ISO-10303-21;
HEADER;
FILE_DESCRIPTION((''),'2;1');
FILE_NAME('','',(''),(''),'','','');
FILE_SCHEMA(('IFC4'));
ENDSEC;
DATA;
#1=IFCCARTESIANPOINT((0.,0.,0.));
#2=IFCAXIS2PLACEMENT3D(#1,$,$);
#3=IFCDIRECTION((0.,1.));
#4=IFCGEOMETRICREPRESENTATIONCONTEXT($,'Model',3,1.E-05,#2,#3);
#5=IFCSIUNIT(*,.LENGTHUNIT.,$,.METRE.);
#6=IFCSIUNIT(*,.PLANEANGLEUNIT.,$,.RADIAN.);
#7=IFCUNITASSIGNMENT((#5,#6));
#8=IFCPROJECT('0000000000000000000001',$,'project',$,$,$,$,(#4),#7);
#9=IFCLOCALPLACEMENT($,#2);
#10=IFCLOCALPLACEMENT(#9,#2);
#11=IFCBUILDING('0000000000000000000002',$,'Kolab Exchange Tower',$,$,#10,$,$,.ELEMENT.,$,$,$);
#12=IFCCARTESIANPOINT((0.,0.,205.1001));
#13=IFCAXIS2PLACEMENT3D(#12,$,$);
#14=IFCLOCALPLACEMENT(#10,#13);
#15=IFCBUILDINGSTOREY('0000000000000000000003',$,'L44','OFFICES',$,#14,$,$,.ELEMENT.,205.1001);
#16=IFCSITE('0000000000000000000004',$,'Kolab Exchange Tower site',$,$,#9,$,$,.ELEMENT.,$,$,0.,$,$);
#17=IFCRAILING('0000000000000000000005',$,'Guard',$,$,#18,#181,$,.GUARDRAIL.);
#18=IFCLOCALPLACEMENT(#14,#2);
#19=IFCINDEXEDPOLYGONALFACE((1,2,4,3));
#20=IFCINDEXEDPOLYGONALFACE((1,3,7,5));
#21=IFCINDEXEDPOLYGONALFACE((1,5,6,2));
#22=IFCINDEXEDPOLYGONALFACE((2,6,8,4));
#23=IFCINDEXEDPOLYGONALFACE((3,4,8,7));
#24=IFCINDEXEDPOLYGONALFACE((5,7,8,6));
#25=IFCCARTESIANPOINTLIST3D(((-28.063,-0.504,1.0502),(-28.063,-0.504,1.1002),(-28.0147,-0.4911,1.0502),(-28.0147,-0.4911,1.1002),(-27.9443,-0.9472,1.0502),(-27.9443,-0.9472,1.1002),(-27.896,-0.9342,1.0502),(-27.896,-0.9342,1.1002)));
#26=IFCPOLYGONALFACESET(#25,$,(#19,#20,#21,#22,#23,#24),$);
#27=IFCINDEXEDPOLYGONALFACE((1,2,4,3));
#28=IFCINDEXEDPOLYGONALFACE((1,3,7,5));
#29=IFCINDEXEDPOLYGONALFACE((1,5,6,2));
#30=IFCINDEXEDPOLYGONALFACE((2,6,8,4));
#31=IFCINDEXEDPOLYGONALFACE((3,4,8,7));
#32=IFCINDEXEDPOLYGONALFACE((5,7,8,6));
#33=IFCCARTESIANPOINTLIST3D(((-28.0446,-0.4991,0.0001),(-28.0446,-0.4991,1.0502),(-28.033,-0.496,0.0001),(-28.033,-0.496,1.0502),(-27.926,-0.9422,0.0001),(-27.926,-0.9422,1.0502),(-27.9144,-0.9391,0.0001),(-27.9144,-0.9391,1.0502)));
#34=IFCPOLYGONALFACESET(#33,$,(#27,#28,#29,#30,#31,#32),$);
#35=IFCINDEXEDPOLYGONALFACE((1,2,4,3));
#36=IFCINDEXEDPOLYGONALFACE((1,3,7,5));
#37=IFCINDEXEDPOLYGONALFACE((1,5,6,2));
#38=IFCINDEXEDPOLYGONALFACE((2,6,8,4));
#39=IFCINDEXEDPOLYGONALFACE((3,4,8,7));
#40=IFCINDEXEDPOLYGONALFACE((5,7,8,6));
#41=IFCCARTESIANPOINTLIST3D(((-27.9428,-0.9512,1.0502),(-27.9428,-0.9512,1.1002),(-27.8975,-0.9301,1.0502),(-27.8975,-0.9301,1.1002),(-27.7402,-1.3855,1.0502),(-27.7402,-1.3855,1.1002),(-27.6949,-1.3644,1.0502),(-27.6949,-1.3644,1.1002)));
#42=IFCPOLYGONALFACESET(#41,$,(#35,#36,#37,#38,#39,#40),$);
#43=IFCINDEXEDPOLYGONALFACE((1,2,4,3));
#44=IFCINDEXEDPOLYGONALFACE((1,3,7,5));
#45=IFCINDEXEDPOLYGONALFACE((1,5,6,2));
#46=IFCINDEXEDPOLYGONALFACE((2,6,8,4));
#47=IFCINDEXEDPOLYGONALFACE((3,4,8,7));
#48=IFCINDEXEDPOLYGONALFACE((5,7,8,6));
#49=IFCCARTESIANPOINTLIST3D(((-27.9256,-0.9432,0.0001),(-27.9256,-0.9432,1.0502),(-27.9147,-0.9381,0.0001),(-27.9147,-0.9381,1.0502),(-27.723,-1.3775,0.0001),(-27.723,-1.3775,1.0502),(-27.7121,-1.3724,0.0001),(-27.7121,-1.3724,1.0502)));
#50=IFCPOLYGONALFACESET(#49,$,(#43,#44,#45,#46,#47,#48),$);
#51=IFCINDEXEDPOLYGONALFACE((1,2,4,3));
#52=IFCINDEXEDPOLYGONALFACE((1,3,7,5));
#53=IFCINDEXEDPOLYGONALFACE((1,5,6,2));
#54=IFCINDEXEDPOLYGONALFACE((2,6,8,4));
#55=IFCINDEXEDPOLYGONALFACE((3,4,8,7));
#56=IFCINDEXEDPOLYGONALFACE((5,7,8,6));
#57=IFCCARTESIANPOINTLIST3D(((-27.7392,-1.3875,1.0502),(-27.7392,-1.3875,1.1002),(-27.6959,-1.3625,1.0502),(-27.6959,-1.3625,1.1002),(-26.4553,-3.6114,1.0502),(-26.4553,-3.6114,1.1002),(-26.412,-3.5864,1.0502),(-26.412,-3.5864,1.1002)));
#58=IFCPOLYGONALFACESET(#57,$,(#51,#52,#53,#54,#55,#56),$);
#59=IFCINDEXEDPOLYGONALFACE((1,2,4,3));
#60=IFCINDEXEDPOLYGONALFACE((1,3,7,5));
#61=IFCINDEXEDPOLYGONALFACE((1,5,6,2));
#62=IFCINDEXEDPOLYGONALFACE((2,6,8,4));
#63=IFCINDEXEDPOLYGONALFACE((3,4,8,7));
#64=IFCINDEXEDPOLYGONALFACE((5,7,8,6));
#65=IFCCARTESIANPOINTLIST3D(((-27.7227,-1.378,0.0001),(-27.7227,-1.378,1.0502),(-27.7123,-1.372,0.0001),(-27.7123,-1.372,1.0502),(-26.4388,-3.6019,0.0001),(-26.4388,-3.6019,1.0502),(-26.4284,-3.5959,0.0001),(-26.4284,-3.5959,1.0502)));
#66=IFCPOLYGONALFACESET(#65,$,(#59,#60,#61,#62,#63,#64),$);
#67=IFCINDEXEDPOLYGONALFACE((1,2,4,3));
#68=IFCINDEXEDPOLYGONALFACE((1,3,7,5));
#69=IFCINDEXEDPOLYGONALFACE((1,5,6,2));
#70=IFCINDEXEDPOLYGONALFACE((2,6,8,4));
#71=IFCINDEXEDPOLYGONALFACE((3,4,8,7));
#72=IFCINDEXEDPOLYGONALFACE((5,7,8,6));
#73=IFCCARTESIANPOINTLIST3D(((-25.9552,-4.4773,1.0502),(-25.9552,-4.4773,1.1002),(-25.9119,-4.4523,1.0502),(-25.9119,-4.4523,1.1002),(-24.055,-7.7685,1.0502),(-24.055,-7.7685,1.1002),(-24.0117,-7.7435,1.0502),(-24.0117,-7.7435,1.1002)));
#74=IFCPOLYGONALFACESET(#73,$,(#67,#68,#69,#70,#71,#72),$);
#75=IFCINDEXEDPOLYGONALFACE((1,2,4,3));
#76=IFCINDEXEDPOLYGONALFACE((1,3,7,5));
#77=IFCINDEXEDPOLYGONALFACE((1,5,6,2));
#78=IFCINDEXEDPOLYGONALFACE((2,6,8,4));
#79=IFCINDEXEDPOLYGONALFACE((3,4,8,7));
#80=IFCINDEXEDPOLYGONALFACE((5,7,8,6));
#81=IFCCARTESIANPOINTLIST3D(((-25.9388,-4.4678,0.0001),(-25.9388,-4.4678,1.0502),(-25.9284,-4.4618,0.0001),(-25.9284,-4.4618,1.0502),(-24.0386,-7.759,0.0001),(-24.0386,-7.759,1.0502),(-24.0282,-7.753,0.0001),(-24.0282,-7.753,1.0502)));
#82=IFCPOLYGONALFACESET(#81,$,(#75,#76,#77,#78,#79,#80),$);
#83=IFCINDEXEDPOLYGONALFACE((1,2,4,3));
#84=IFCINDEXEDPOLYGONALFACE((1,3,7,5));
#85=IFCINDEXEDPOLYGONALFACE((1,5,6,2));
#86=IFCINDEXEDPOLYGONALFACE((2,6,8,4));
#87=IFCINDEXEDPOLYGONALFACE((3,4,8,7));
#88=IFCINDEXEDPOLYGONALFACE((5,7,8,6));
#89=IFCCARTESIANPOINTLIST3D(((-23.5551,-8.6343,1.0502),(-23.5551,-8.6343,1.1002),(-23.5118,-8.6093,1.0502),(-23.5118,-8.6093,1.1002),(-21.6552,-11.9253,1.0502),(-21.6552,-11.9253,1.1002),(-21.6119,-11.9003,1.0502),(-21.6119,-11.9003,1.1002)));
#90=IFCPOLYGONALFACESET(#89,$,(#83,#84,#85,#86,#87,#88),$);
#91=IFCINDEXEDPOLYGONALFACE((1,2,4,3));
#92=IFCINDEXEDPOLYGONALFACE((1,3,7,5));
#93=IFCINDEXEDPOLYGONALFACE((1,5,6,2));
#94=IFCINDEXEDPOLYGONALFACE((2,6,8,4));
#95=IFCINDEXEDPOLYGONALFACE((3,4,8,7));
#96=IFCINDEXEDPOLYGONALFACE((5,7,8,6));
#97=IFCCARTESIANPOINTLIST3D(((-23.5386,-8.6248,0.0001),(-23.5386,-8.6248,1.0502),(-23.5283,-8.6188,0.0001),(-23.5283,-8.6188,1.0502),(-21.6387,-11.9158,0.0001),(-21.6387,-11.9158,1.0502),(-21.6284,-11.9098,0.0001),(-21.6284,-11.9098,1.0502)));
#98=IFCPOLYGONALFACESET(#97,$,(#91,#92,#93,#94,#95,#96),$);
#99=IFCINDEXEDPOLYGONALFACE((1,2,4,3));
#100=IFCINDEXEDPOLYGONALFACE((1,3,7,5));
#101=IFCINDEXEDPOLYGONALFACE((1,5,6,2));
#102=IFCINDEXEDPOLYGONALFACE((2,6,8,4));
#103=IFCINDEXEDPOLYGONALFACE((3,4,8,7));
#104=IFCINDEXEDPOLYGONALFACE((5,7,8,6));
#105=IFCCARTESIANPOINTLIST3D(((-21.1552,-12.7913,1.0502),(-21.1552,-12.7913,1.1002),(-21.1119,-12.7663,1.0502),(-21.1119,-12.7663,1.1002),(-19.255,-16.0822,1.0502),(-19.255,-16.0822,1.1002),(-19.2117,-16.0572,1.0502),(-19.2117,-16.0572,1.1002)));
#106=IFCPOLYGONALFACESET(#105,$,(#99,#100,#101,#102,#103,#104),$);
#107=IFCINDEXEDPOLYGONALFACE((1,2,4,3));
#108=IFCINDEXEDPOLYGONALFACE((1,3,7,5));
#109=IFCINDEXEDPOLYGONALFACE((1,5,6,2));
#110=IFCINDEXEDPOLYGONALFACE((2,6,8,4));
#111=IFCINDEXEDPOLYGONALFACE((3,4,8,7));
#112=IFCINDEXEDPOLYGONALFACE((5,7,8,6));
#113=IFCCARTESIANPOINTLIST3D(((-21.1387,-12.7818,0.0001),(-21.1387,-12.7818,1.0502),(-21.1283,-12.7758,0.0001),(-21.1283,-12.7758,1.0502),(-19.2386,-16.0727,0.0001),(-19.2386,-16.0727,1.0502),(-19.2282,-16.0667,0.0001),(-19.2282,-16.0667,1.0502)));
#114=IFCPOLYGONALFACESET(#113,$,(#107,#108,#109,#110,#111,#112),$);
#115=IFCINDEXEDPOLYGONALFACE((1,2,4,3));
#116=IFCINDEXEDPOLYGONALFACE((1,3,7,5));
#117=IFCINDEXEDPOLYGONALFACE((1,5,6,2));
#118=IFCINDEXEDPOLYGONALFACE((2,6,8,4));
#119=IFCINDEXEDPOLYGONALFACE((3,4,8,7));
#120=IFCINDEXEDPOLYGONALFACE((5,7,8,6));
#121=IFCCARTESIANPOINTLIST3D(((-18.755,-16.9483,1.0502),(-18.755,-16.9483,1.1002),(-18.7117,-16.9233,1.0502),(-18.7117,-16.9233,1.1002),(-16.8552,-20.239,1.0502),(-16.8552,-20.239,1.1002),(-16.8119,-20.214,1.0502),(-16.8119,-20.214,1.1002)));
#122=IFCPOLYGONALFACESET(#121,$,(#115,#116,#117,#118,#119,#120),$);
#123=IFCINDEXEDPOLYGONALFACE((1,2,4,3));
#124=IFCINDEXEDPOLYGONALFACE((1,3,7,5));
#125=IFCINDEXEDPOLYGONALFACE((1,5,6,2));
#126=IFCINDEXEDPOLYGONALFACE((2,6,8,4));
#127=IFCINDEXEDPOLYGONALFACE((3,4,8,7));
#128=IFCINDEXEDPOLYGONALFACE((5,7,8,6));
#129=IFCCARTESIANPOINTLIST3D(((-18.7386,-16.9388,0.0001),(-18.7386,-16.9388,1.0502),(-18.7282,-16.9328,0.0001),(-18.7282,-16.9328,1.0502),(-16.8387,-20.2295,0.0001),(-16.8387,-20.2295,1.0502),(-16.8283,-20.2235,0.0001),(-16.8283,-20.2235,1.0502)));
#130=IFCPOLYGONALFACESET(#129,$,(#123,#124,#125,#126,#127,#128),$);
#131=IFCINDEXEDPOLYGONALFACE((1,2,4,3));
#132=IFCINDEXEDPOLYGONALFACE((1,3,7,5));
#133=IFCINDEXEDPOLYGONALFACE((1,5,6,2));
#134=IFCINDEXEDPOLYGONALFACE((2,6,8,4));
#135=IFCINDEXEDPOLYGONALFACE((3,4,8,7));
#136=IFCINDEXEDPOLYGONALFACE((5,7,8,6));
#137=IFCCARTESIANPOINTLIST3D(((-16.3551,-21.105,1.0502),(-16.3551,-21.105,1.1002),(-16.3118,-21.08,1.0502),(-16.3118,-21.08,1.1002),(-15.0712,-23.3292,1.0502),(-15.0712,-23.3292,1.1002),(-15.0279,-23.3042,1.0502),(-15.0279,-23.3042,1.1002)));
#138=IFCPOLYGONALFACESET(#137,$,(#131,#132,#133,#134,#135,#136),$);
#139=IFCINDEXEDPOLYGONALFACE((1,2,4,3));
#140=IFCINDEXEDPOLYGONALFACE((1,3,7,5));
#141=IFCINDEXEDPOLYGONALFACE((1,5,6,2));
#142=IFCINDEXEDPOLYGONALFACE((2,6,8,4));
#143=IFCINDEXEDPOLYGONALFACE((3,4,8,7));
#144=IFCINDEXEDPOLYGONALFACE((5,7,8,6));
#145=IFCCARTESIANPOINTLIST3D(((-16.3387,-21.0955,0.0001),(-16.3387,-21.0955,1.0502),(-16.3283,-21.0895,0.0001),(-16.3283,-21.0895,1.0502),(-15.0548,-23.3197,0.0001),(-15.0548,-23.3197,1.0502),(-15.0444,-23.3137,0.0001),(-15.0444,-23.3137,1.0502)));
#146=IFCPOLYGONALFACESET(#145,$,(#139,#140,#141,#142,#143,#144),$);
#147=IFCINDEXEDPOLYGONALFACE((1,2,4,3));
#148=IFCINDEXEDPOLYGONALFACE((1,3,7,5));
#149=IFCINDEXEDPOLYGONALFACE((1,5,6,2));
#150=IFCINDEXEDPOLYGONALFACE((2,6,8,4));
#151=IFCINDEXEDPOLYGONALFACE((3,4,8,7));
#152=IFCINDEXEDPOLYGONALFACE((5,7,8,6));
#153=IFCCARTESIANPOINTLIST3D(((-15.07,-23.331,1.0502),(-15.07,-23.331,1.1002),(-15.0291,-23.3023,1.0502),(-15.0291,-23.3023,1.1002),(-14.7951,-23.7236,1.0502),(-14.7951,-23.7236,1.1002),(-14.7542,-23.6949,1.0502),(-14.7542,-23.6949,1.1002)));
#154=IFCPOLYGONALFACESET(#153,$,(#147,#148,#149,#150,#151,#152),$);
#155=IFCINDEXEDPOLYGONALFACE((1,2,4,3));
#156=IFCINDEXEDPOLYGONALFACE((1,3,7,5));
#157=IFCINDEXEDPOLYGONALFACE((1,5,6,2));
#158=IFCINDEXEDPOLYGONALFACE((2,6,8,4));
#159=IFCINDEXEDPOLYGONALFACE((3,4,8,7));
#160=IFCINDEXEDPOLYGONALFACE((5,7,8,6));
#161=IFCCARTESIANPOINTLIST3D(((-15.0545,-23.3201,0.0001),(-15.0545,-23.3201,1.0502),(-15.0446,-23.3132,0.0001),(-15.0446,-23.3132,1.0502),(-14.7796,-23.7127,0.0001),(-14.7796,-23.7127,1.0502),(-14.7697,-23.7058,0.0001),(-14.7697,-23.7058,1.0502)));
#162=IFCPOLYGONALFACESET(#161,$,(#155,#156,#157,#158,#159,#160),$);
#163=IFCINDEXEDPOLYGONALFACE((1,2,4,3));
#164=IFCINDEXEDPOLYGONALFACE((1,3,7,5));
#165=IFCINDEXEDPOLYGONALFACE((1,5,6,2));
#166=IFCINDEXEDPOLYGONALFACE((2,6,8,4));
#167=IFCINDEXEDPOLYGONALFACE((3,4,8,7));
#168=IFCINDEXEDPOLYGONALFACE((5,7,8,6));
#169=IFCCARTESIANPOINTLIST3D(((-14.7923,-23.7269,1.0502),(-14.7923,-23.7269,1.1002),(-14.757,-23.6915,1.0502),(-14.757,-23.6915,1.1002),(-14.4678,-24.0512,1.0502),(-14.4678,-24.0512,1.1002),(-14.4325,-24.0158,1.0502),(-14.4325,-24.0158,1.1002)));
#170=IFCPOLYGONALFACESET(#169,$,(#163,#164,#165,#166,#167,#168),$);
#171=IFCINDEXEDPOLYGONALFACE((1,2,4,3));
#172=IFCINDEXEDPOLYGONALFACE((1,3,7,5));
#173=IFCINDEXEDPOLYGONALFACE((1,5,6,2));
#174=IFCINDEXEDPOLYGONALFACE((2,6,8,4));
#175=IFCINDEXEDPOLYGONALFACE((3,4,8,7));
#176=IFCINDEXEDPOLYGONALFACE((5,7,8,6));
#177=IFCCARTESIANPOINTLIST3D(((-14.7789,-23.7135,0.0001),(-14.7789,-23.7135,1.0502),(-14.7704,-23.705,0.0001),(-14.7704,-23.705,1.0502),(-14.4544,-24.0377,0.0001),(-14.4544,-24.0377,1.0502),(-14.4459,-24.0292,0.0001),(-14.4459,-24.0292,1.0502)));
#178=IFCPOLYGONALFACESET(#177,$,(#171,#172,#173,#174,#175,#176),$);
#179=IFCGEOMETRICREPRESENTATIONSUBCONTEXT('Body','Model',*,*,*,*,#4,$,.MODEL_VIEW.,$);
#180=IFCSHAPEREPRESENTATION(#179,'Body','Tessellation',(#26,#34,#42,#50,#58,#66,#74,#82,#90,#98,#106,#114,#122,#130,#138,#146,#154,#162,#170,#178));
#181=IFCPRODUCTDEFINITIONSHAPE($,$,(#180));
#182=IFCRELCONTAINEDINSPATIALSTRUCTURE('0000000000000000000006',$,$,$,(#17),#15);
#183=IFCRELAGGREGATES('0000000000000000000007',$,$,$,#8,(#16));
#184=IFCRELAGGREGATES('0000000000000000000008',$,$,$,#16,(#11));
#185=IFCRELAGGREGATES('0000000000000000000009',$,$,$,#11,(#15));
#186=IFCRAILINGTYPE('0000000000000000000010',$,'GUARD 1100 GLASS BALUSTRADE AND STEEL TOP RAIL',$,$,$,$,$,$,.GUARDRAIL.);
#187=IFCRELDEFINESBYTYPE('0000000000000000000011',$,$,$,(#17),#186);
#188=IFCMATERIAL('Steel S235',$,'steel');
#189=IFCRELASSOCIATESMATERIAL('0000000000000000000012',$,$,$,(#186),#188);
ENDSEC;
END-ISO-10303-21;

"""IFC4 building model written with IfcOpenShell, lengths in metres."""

from ifc_helpers import new_model, si_unit, direction, frame, frame_2d, origin, origin_2d, place, context, subcontext, project, spatial, rectangle, extrude, material, type_object, element, save


model = new_model("IFC4")

# Units and contexts
model_context = context("Model", 3, precision=1e-05, world=origin(), true_north=direction((0.0, 1.0)))
body_context = subcontext(model_context, "Body", "Model", "MODEL_VIEW")
ifc_project = project(units=[si_unit("LENGTHUNIT", "METRE"), si_unit("PLANEANGLEUNIT", "RADIAN")], contexts=[model_context])

# Site, building, storey
site_placement = place(None, origin())
site = spatial("IfcSite", under=ifc_project, at=site_placement, Name="Kolab Exchange Tower site", CompositionType="ELEMENT", RefElevation=0.0)
building_placement = place(site_placement, origin())
building = spatial("IfcBuilding", under=site, at=building_placement, Name="Kolab Exchange Tower", CompositionType="ELEMENT")
storey_placement = place(building_placement, frame((0.0, 0.0, 205.1001)))
storey = spatial("IfcBuildingStorey", under=building, at=storey_placement, Name="L44", Description="OFFICES", CompositionType="ELEMENT", Elevation=205.1001)

# Railing
ifc_material_1 = material(Name="Steel S235", Category="steel")
railing_type = type_object("IfcRailingType", Name="GUARD 1100 GLASS BALUSTRADE AND STEEL TOP RAIL", PredefinedType="GUARDRAIL", material=ifc_material_1)
railing_placement = place(storey_placement, frame((-28.0388, -0.4976, 0.0)))
element("IfcRailing", 1, at=railing_placement, inside=storey, type_object=railing_type, Name="Guard", PredefinedType="GUARDRAIL", context=body_context, shape_type="SweptSolid", body=[
    extrude(rectangle(XDim=0.05, YDim=0.05, at=origin_2d()), frame((0.0, 0.0, 1.0752), z_axis=(0.258656, -0.965969, 0.0), x_axis=(0.965969, 0.258656, 0.0)), (0.0, 0.0, 1.0), 0.4587),
    extrude(rectangle(XDim=0.012, YDim=1.0501, at=frame_2d((0.0, 0.5251))), frame((0.0, 0.0, 0.0), z_axis=(0.258656, -0.965969, 0.0), x_axis=(0.965969, 0.258656, 0.0)), (0.0, 0.0, 1.0), 0.4587),
    extrude(rectangle(XDim=0.05, YDim=0.05, at=origin_2d()), frame((0.1187, -0.4431, 1.0752), z_axis=(0.422802, -0.906222, 0.0), x_axis=(0.906222, 0.422802, 0.0)), (0.0, 0.0, 1.0), 0.4792),
    extrude(rectangle(XDim=0.012, YDim=1.0501, at=frame_2d((0.0, 0.5251))), frame((0.1187, -0.4431, 0.0), z_axis=(0.422802, -0.906222, 0.0), x_axis=(0.906222, 0.422802, 0.0)), (0.0, 0.0, 1.0), 0.4792),
    extrude(rectangle(XDim=0.05, YDim=0.05, at=origin_2d()), frame((0.3213, -0.8774, 1.0752), z_axis=(0.499994, -0.866029, 0.0), x_axis=(0.866029, 0.499994, 0.0)), (0.0, 0.0, 1.0), 2.5679),
    extrude(rectangle(XDim=0.012, YDim=1.0501, at=frame_2d((0.0, 0.5251))), frame((0.3213, -0.8774, 0.0), z_axis=(0.499994, -0.866029, 0.0), x_axis=(0.866029, 0.499994, 0.0)), (0.0, 0.0, 1.0), 2.5679),
    extrude(rectangle(XDim=0.05, YDim=0.05, at=origin_2d()), frame((2.1052, -3.9673, 1.0752), z_axis=(0.500015, -0.866017, 0.0), x_axis=(0.866017, 0.500015, 0.0)), (0.0, 0.0, 1.0), 3.8003),
    extrude(rectangle(XDim=0.012, YDim=1.0501, at=frame_2d((0.0, 0.5251))), frame((2.1052, -3.9673, 0.0), z_axis=(0.500015, -0.866017, 0.0), x_axis=(0.866017, 0.500015, 0.0)), (0.0, 0.0, 1.0), 3.8003),
    extrude(rectangle(XDim=0.05, YDim=0.05, at=origin_2d()), frame((4.5054, -8.1243, 1.0752), z_axis=(0.499967, -0.866044, 0.0), x_axis=(0.866044, 0.499967, 0.0)), (0.0, 0.0, 1.0), 3.8),
    extrude(rectangle(XDim=0.012, YDim=1.0501, at=frame_2d((0.0, 0.5251))), frame((4.5054, -8.1243, 0.0), z_axis=(0.499967, -0.866044, 0.0), x_axis=(0.866044, 0.499967, 0.0)), (0.0, 0.0, 1.0), 3.8),
    extrude(rectangle(XDim=0.05, YDim=0.05, at=origin_2d()), frame((6.9053, -12.2812, 1.0752), z_axis=(0.500043, -0.866, 0.0), x_axis=(0.866, 0.500043, 0.0)), (0.0, 0.0, 1.0), 3.8),
    extrude(rectangle(XDim=0.012, YDim=1.0501, at=frame_2d((0.0, 0.5251))), frame((6.9053, -12.2812, 0.0), z_axis=(0.500043, -0.866, 0.0), x_axis=(0.866, 0.500043, 0.0)), (0.0, 0.0, 1.0), 3.8),
    extrude(rectangle(XDim=0.05, YDim=0.05, at=origin_2d()), frame((9.3054, -16.4382, 1.0752), z_axis=(0.499995, -0.866028, 0.0), x_axis=(0.866028, 0.499995, 0.0)), (0.0, 0.0, 1.0), 3.7998),
    extrude(rectangle(XDim=0.012, YDim=1.0501, at=frame_2d((0.0, 0.5251))), frame((9.3054, -16.4382, 0.0), z_axis=(0.499995, -0.866028, 0.0), x_axis=(0.866028, 0.499995, 0.0)), (0.0, 0.0, 1.0), 3.7998),
    extrude(rectangle(XDim=0.05, YDim=0.05, at=origin_2d()), frame((11.7053, -20.595, 1.0752), z_axis=(0.499953, -0.866053, 0.0), x_axis=(0.866053, 0.499953, 0.0)), (0.0, 0.0, 1.0), 2.5681),
    extrude(rectangle(XDim=0.012, YDim=1.0501, at=frame_2d((0.0, 0.5251))), frame((11.7053, -20.595, 0.0), z_axis=(0.499953, -0.866053, 0.0), x_axis=(0.866053, 0.499953, 0.0)), (0.0, 0.0, 1.0), 2.5681),
    extrude(rectangle(XDim=0.05, YDim=0.05, at=origin_2d()), frame((12.9893, -22.8191, 1.0752), z_axis=(0.573599, -0.819136, 0.0), x_axis=(0.819136, 0.573599, 0.0)), (0.0, 0.0, 1.0), 0.4792),
    extrude(rectangle(XDim=0.012, YDim=1.0501, at=frame_2d((0.0, 0.5251))), frame((12.9893, -22.8191, 0.0), z_axis=(0.573599, -0.819136, 0.0), x_axis=(0.819136, 0.573599, 0.0)), (0.0, 0.0, 1.0), 0.4792),
    extrude(rectangle(XDim=0.05, YDim=0.05, at=origin_2d()), frame((13.2642, -23.2117, 1.0752), z_axis=(0.707373, -0.706841, 0.0), x_axis=(0.706841, 0.707373, 0.0)), (0.0, 0.0, 1.0), 0.4587),
    extrude(rectangle(XDim=0.012, YDim=1.0501, at=frame_2d((0.0, 0.5251))), frame((13.2642, -23.2117, 0.0), z_axis=(0.707373, -0.706841, 0.0), x_axis=(0.706841, 0.707373, 0.0)), (0.0, 0.0, 1.0), 0.4587),
])

save(model, "model.ifc")
